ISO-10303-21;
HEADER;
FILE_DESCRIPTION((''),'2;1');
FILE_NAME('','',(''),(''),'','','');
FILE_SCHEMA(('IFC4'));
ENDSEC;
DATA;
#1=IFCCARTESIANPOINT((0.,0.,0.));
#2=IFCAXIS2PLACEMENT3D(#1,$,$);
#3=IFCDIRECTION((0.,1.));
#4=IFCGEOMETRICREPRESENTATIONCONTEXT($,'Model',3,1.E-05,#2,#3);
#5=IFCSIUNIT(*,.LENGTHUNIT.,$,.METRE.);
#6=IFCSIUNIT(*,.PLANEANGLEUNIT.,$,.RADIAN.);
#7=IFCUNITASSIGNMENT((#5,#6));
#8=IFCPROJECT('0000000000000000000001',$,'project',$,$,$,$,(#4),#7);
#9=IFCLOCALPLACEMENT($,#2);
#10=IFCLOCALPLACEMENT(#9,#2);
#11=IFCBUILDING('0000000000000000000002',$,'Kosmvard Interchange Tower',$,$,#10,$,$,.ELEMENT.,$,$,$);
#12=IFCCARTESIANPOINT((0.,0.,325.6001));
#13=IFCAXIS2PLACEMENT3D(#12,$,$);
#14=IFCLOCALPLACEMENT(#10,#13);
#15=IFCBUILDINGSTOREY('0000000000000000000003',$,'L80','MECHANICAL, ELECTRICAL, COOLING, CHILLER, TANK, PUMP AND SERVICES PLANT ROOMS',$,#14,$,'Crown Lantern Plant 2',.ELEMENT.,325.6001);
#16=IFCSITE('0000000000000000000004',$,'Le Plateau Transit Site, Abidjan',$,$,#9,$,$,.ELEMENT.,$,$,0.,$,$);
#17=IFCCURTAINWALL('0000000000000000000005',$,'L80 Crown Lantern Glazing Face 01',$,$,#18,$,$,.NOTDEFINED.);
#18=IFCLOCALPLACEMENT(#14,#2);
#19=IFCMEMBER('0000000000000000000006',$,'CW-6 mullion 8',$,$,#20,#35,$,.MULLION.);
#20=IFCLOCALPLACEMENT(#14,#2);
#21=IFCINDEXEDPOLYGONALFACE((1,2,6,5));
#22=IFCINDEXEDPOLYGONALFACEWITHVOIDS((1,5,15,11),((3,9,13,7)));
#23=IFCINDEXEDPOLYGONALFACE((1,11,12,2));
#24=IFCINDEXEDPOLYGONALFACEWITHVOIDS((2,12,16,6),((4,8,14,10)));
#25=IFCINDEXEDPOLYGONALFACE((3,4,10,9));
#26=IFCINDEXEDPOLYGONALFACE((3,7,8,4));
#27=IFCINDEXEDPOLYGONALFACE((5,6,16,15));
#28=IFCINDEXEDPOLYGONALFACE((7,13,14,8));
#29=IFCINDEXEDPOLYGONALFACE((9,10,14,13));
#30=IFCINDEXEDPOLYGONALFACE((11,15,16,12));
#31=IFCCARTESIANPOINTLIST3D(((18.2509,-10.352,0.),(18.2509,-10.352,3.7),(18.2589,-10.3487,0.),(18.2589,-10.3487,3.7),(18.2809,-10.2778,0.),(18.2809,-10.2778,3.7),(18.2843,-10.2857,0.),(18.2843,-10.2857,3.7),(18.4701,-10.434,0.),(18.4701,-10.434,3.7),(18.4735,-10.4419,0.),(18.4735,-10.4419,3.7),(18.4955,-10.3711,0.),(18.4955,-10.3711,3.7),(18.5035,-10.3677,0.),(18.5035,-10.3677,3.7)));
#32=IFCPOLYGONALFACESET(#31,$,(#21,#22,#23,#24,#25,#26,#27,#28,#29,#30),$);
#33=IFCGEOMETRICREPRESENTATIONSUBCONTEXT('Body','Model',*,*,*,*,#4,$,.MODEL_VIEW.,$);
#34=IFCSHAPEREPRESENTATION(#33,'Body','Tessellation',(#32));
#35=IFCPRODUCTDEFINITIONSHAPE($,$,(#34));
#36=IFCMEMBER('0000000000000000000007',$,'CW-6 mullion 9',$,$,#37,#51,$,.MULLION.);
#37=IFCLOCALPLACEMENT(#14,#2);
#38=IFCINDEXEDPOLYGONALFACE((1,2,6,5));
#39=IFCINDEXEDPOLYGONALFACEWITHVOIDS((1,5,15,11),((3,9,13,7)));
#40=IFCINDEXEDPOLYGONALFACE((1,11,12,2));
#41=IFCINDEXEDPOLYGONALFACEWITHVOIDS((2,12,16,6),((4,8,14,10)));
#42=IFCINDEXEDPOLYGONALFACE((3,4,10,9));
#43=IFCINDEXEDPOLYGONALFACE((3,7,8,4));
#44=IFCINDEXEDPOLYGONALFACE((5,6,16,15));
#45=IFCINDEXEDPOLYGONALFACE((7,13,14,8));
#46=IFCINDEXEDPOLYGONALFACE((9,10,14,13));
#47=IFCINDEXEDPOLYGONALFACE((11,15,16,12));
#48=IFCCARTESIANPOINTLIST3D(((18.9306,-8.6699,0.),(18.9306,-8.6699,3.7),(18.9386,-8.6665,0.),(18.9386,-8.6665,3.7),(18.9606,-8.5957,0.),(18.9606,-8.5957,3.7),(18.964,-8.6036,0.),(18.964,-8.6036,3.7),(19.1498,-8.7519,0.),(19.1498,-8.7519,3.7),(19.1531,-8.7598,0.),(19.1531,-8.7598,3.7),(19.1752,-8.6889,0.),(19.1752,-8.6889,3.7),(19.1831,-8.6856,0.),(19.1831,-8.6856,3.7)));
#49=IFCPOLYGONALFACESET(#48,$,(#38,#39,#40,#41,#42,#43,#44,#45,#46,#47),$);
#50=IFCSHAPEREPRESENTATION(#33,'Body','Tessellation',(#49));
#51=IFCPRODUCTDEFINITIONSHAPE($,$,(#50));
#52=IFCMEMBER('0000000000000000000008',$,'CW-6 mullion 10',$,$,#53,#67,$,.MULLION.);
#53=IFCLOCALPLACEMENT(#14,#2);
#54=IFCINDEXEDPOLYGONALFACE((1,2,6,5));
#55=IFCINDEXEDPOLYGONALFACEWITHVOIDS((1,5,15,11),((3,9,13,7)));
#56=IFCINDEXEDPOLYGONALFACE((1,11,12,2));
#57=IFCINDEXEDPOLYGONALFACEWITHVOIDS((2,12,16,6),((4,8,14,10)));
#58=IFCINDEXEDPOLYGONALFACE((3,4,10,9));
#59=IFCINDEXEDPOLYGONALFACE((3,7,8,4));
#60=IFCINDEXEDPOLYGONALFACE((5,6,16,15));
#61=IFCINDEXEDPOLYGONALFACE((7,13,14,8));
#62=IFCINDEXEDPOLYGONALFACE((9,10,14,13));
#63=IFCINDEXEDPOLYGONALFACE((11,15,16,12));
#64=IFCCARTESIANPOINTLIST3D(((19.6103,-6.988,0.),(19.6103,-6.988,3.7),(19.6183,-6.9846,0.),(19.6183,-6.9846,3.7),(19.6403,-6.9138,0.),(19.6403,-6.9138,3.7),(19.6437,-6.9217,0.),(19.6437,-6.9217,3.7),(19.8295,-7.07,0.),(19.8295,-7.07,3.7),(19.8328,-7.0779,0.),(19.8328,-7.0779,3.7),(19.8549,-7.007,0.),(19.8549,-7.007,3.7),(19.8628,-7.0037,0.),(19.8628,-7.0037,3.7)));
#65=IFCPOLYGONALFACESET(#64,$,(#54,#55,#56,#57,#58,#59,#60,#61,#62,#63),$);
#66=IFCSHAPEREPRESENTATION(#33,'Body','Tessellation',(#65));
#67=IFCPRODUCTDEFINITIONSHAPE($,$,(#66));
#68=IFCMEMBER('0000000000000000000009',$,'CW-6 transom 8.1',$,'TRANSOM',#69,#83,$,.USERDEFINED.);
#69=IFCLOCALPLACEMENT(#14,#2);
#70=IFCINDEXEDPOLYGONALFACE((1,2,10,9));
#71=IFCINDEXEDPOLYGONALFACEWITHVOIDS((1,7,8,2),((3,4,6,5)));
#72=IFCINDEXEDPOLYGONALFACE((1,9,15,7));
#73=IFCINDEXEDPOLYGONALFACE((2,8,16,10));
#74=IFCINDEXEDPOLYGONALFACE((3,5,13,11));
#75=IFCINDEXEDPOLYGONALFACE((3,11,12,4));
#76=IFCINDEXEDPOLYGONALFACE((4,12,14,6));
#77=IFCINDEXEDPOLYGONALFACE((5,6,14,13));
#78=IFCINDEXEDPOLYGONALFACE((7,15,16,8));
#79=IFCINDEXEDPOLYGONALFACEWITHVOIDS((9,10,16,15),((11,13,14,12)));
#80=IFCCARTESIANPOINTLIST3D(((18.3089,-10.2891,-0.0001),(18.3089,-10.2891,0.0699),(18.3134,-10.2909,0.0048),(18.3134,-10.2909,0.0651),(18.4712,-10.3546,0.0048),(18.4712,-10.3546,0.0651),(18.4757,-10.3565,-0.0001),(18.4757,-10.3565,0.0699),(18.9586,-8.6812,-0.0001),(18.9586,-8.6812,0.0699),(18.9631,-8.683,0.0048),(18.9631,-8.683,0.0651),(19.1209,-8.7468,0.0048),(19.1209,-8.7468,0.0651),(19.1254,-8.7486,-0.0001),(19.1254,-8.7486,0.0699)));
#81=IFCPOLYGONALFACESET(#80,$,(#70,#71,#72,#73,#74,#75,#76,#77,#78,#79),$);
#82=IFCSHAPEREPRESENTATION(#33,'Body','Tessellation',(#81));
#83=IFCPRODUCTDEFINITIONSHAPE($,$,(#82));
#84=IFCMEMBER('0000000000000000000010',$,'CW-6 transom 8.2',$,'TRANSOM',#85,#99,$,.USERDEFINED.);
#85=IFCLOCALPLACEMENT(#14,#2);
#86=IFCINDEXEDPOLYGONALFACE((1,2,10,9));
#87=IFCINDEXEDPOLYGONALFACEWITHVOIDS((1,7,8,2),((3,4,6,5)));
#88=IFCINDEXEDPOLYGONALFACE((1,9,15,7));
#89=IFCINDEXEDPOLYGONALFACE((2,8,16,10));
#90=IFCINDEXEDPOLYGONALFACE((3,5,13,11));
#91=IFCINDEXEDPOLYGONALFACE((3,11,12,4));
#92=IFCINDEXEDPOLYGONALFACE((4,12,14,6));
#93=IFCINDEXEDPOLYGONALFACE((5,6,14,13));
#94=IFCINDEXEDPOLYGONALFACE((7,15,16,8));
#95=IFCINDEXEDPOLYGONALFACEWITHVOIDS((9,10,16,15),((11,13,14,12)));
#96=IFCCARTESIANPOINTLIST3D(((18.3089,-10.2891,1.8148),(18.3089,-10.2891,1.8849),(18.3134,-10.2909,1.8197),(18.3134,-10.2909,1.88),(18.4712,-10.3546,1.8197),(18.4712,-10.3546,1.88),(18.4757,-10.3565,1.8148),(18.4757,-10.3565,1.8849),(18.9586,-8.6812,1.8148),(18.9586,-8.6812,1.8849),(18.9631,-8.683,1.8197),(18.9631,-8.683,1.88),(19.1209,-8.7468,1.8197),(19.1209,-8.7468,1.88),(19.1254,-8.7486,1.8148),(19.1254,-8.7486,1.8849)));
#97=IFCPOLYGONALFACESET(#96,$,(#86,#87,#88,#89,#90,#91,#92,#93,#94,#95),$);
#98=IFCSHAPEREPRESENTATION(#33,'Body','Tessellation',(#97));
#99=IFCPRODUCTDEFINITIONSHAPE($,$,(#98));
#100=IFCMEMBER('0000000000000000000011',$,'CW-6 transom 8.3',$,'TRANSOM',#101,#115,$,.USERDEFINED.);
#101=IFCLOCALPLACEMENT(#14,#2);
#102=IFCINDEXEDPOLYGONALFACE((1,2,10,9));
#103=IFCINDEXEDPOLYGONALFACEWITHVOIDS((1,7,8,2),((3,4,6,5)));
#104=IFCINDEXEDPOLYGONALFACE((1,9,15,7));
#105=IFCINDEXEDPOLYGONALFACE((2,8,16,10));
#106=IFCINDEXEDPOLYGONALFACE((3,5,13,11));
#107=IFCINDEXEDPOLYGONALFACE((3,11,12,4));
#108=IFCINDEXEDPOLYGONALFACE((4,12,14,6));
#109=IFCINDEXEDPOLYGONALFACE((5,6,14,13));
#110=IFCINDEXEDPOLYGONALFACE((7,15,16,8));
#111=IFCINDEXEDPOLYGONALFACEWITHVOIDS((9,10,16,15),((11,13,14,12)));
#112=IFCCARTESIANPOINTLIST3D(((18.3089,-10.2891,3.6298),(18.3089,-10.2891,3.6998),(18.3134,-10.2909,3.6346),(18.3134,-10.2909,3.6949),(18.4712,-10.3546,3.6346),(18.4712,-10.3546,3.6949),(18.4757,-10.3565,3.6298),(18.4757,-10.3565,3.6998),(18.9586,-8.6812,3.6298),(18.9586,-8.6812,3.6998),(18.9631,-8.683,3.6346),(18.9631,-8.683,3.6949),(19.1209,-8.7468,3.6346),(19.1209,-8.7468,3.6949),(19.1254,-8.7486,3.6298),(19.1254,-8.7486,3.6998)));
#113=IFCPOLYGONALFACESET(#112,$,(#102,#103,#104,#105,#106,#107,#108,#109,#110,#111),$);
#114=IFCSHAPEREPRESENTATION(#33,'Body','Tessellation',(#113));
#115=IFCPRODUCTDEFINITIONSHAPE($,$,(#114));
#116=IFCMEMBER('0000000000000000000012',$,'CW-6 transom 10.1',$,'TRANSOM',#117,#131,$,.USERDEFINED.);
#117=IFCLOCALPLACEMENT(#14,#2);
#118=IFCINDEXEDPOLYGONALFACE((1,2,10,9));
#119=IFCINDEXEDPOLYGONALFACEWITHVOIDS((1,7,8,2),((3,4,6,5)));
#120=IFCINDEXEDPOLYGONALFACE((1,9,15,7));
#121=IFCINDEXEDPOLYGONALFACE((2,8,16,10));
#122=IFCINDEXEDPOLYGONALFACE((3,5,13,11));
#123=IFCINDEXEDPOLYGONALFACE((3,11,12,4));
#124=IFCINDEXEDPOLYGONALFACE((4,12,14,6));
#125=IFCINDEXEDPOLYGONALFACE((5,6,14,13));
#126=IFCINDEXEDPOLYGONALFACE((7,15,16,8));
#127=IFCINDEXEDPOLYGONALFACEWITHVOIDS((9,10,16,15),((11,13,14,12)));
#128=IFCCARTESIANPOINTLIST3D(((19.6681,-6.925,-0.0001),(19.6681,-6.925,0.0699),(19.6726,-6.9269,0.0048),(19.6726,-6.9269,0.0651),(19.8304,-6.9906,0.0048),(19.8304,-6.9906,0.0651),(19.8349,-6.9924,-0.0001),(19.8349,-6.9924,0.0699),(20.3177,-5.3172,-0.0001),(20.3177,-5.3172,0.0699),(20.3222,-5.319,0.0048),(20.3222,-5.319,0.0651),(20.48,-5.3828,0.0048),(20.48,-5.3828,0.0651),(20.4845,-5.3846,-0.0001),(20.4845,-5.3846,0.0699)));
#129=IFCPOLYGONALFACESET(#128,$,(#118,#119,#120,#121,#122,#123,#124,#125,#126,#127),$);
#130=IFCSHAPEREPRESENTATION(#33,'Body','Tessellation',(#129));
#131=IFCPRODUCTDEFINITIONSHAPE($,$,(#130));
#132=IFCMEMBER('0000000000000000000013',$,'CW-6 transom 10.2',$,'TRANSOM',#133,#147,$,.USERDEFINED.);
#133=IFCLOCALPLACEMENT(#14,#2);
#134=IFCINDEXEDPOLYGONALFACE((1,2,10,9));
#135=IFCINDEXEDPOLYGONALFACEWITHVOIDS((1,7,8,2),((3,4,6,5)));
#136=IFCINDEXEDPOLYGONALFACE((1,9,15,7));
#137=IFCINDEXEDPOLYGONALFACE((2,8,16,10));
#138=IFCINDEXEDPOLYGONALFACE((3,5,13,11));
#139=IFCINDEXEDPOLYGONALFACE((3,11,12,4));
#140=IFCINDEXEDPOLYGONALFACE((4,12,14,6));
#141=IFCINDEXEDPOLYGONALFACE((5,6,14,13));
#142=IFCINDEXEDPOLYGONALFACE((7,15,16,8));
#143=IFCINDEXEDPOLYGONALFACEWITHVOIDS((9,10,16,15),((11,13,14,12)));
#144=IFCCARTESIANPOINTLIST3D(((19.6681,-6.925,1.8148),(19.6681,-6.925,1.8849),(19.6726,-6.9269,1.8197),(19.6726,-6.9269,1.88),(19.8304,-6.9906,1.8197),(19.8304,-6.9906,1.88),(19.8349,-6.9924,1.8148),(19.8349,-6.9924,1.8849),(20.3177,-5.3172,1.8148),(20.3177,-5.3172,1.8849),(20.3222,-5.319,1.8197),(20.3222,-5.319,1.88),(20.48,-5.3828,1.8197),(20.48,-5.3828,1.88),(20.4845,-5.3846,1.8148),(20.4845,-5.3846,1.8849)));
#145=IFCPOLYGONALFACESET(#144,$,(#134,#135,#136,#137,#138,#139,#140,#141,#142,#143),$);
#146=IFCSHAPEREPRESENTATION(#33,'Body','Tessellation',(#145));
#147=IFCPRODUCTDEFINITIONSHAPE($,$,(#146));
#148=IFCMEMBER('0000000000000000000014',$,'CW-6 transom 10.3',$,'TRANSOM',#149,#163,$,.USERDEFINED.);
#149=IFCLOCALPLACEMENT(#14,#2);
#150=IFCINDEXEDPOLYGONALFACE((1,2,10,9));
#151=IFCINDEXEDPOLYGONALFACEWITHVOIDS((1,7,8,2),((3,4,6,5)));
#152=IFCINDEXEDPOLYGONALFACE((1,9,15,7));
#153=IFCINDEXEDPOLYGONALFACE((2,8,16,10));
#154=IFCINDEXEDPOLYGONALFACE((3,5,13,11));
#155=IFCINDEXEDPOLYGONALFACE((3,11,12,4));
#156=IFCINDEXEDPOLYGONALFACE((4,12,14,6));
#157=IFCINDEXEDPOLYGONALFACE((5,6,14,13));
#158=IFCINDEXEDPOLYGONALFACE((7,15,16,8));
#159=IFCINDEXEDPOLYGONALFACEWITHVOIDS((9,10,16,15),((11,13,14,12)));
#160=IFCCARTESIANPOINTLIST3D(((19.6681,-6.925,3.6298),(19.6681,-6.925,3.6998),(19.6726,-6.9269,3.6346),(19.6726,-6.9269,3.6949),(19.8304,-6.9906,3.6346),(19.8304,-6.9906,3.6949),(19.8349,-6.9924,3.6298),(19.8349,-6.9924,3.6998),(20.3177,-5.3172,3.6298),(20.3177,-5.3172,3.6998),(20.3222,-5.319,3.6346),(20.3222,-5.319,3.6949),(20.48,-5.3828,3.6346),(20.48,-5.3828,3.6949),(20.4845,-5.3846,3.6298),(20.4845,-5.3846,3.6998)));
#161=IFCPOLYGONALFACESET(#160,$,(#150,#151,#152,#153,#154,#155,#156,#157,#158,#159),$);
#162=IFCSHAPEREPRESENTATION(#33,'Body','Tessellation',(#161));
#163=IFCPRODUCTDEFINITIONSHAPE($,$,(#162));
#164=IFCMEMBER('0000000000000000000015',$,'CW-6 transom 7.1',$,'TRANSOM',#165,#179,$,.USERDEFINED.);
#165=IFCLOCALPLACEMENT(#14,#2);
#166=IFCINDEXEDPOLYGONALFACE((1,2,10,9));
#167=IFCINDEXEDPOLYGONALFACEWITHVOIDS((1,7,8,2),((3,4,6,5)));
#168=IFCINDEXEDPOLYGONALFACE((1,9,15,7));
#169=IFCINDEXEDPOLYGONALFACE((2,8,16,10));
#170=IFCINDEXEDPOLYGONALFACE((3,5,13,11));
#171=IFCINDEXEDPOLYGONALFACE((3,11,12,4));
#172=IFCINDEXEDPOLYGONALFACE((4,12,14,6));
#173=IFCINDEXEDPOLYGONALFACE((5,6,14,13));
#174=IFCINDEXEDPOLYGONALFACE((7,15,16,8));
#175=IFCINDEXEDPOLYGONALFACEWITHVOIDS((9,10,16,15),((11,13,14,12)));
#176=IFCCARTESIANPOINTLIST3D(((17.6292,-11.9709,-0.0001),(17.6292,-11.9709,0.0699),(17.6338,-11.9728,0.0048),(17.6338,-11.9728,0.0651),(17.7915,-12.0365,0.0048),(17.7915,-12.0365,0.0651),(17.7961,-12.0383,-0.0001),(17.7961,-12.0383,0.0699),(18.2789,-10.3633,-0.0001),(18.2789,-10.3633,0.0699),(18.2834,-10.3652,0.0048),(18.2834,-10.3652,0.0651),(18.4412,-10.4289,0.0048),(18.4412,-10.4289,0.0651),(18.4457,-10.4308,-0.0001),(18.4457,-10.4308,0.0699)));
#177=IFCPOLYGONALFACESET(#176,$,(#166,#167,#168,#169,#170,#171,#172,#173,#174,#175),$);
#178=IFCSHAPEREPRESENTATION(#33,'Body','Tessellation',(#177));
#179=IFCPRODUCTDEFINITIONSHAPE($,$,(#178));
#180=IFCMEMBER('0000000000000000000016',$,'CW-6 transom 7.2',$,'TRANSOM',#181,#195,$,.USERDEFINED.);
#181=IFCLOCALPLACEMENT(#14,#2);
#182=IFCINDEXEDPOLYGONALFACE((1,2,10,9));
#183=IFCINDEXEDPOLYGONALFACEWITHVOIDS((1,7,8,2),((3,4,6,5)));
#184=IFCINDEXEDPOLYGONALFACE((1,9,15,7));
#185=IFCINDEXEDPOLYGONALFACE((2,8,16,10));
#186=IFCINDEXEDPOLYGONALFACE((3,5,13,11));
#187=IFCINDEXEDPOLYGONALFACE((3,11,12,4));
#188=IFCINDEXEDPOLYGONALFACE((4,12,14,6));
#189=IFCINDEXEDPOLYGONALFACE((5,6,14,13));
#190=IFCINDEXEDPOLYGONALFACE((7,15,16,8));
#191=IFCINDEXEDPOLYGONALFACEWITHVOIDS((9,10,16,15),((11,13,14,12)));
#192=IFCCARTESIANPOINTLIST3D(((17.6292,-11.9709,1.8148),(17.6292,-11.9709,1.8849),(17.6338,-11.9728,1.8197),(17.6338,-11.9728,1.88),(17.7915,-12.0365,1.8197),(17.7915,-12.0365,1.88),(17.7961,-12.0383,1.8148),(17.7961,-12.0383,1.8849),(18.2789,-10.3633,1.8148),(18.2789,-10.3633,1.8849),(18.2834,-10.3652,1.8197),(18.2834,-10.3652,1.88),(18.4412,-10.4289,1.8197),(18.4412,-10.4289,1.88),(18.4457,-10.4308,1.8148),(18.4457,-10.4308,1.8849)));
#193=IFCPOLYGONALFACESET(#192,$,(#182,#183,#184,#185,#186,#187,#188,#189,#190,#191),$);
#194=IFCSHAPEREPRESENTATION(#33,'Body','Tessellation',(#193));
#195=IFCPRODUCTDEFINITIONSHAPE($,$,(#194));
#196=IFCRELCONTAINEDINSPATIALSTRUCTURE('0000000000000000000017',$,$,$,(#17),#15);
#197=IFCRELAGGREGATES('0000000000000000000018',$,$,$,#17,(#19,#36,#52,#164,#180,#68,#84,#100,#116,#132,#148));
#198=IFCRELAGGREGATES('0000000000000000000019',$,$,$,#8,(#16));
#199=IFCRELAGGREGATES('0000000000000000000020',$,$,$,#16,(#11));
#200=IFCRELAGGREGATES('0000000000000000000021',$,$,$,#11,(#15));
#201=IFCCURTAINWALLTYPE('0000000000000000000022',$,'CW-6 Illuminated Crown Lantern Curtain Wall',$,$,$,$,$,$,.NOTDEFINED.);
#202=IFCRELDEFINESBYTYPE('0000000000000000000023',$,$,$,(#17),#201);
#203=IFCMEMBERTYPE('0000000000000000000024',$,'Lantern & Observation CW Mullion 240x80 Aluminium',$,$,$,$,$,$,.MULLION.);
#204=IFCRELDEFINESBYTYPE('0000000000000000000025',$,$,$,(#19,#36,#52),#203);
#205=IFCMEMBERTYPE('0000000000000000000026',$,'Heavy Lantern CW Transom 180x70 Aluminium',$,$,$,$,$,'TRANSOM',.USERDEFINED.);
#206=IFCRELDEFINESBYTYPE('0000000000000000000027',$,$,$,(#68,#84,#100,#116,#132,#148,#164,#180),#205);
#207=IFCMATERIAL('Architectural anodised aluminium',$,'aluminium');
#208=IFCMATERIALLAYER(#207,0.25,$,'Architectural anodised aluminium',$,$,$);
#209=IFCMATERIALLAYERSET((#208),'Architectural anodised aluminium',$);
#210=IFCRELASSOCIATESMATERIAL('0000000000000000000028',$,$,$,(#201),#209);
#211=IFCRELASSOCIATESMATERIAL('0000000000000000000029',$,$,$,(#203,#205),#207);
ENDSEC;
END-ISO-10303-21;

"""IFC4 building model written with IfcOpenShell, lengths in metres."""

from ifc_helpers import new_model, si_unit, direction, frame, origin, origin_2d, place, context, subcontext, project, spatial, hollow_rectangle, extrude, source, transform, mapped, material, layer, layer_set, material_profile, profile_set, type_object, element, aggregate, save


model = new_model("IFC4")

# Units and contexts
model_context = context("Model", 3, precision=1e-05, world=origin(), true_north=direction((0.0, 1.0)))
body_context = subcontext(model_context, "Body", "Model", "MODEL_VIEW")
ifc_project = project(units=[si_unit("LENGTHUNIT", "METRE"), si_unit("PLANEANGLEUNIT", "RADIAN")], contexts=[model_context])

# Site, building, storey
site_placement = place(None, origin())
site = spatial("IfcSite", under=ifc_project, at=site_placement, Name="Le Plateau Transit Site, Abidjan", CompositionType="ELEMENT", RefElevation=0.0)
building_placement = place(site_placement, origin())
building = spatial("IfcBuilding", under=site, at=building_placement, Name="Kosmvard Interchange Tower", CompositionType="ELEMENT")
storey_placement = place(building_placement, frame((0.0, 0.0, 325.6001)))
storey = spatial("IfcBuildingStorey", under=building, at=storey_placement, Name="L80", Description="MECHANICAL, ELECTRICAL, COOLING, CHILLER, TANK, PUMP AND SERVICES PLANT ROOMS", LongName="Crown Lantern Plant 2", CompositionType="ELEMENT", Elevation=325.6001)

# Curtain wall, members
ifc_material_1 = material(Name="Architectural anodised aluminium", Category="aluminium")
ifc_layer_1 = layer(ifc_material_1, 0.25, Name="Architectural anodised aluminium")
ifc_layer_set_1 = layer_set([ifc_layer_1], Name="Architectural anodised aluminium")
curtain_wall_type = type_object("IfcCurtainWallType", Name="CW-6 Illuminated Crown Lantern Curtain Wall", PredefinedType="NOTDEFINED", material=ifc_layer_set_1)
curtain_wall_placement = place(storey_placement, origin())
curtain_wall = element("IfcCurtainWall", 1, at=curtain_wall_placement, inside=storey, type_object=curtain_wall_type, Name="L80 Crown Lantern Glazing Face 01", PredefinedType="NOTDEFINED")
ifc_material_profile_1 = material_profile(ifc_material_1, hollow_rectangle(XDim=0.24, YDim=0.0801, WallThickness=0.0061, at=origin_2d()), Name="CWM 240x80x6")
ifc_profile_set_1 = profile_set([ifc_material_profile_1], Name="Architectural anodised aluminium")
member_type_1 = type_object("IfcMemberType", Name="Lantern & Observation CW Mullion 240x80 Aluminium", PredefinedType="MULLION", material=ifc_profile_set_1)
shared_shape_1 = source(origin(), body_context, "Body", "SweptSolid", [
    extrude(hollow_rectangle(XDim=0.24, YDim=0.0801, WallThickness=0.0061, at=origin_2d()), origin(), (0.0, 0.0, 1.0), 3.7),
])
member_1_placement = place(storey_placement, frame((18.3772, -10.3599, 0.0), z_axis=(0.0, 0.0, 1.0), x_axis=(-0.927184, 0.374607, 0.0)))
member_1 = element("IfcMember", 2, at=member_1_placement, type_object=member_type_1, Name="CW-6 mullion 8", PredefinedType="MULLION", context=body_context, shape_type="MappedRepresentation", body=[
    mapped(shared_shape_1, transform((0.0, 0.0, 0.0), scale=1.0)),
])
member_2_placement = place(storey_placement, frame((19.0569, -8.6777, 0.0), z_axis=(0.0, 0.0, 1.0), x_axis=(-0.927184, 0.374607, 0.0)))
member_2 = element("IfcMember", 3, at=member_2_placement, type_object=member_type_1, Name="CW-6 mullion 9", PredefinedType="MULLION", context=body_context, shape_type="MappedRepresentation", body=[
    mapped(shared_shape_1, transform((0.0, 0.0, 0.0), scale=1.0)),
])
member_3_placement = place(storey_placement, frame((19.7366, -6.9958, 0.0), z_axis=(0.0, 0.0, 1.0), x_axis=(-0.927184, 0.374607, 0.0)))
member_3 = element("IfcMember", 4, at=member_3_placement, type_object=member_type_1, Name="CW-6 mullion 10", PredefinedType="MULLION", context=body_context, shape_type="MappedRepresentation", body=[
    mapped(shared_shape_1, transform((0.0, 0.0, 0.0), scale=1.0)),
])
ifc_material_profile_2 = material_profile(ifc_material_1, hollow_rectangle(XDim=0.1799, YDim=0.0701, WallThickness=0.0049, at=origin_2d()), Name="CWT 180x70x5")
ifc_profile_set_2 = profile_set([ifc_material_profile_2], Name="Architectural anodised aluminium")
member_type_2 = type_object("IfcMemberType", Name="Heavy Lantern CW Transom 180x70 Aluminium", ElementType="TRANSOM", PredefinedType="USERDEFINED", material=ifc_profile_set_2)
shared_shape_2 = source(origin(), body_context, "Body", "SweptSolid", [
    extrude(hollow_rectangle(XDim=0.1799, YDim=0.0701, WallThickness=0.0049, at=origin_2d()), origin(), (0.0, 0.0, 1.0), 1.7341),
])
member_4_placement = place(storey_placement, frame((18.3923, -10.3228, 0.0349), z_axis=(0.374617, 0.92718, 0.0), x_axis=(-0.92718, 0.374617, 0.0)))
member_4 = element("IfcMember", 5, at=member_4_placement, type_object=member_type_2, Name="CW-6 transom 8.1", ObjectType="TRANSOM", PredefinedType="USERDEFINED", context=body_context, shape_type="MappedRepresentation", body=[
    mapped(shared_shape_2, transform((0.0, 0.0, 0.0), scale=1.0)),
])
member_5_placement = place(storey_placement, frame((18.3923, -10.3228, 1.8499), z_axis=(0.374617, 0.92718, 0.0), x_axis=(-0.92718, 0.374617, 0.0)))
member_5 = element("IfcMember", 6, at=member_5_placement, type_object=member_type_2, Name="CW-6 transom 8.2", ObjectType="TRANSOM", PredefinedType="USERDEFINED", context=body_context, shape_type="MappedRepresentation", body=[
    mapped(shared_shape_2, transform((0.0, 0.0, 0.0), scale=1.0)),
])
member_6_placement = place(storey_placement, frame((18.3923, -10.3228, 3.6648), z_axis=(0.374617, 0.92718, 0.0), x_axis=(-0.92718, 0.374617, 0.0)))
member_6 = element("IfcMember", 7, at=member_6_placement, type_object=member_type_2, Name="CW-6 transom 8.3", ObjectType="TRANSOM", PredefinedType="USERDEFINED", context=body_context, shape_type="MappedRepresentation", body=[
    mapped(shared_shape_2, transform((0.0, 0.0, 0.0), scale=1.0)),
])
member_7_placement = place(storey_placement, frame((19.7515, -6.9587, 0.0349), z_axis=(0.374617, 0.92718, 0.0), x_axis=(-0.92718, 0.374617, 0.0)))
member_7 = element("IfcMember", 8, at=member_7_placement, type_object=member_type_2, Name="CW-6 transom 10.1", ObjectType="TRANSOM", PredefinedType="USERDEFINED", context=body_context, shape_type="MappedRepresentation", body=[
    mapped(shared_shape_2, transform((0.0, 0.0, 0.0), scale=1.0)),
])
member_8_placement = place(storey_placement, frame((19.7515, -6.9587, 1.8499), z_axis=(0.374617, 0.92718, 0.0), x_axis=(-0.92718, 0.374617, 0.0)))
member_8 = element("IfcMember", 9, at=member_8_placement, type_object=member_type_2, Name="CW-6 transom 10.2", ObjectType="TRANSOM", PredefinedType="USERDEFINED", context=body_context, shape_type="MappedRepresentation", body=[
    mapped(shared_shape_2, transform((0.0, 0.0, 0.0), scale=1.0)),
])
member_9_placement = place(storey_placement, frame((19.7515, -6.9587, 3.6648), z_axis=(0.374617, 0.92718, 0.0), x_axis=(-0.92718, 0.374617, 0.0)))
member_9 = element("IfcMember", 10, at=member_9_placement, type_object=member_type_2, Name="CW-6 transom 10.3", ObjectType="TRANSOM", PredefinedType="USERDEFINED", context=body_context, shape_type="MappedRepresentation", body=[
    mapped(shared_shape_2, transform((0.0, 0.0, 0.0), scale=1.0)),
])
shared_shape_3 = source(origin(), body_context, "Body", "SweptSolid", [
    extrude(hollow_rectangle(XDim=0.1799, YDim=0.0701, WallThickness=0.0049, at=origin_2d()), origin(), (0.0, 0.0, 1.0), 1.7339),
])
member_10_placement = place(storey_placement, frame((17.7126, -12.0046, 0.0349), z_axis=(0.374666, 0.92716, 0.0), x_axis=(-0.92716, 0.374666, 0.0)))
member_10 = element("IfcMember", 11, at=member_10_placement, type_object=member_type_2, Name="CW-6 transom 7.1", ObjectType="TRANSOM", PredefinedType="USERDEFINED", context=body_context, shape_type="MappedRepresentation", body=[
    mapped(shared_shape_3, transform((0.0, 0.0, 0.0), scale=1.0)),
])
member_11_placement = place(storey_placement, frame((17.7126, -12.0046, 1.8499), z_axis=(0.374666, 0.92716, 0.0), x_axis=(-0.92716, 0.374666, 0.0)))
member_11 = element("IfcMember", 12, at=member_11_placement, type_object=member_type_2, Name="CW-6 transom 7.2", ObjectType="TRANSOM", PredefinedType="USERDEFINED", context=body_context, shape_type="MappedRepresentation", body=[
    mapped(shared_shape_3, transform((0.0, 0.0, 0.0), scale=1.0)),
])
aggregate(curtain_wall, [member_1, member_2, member_3, member_10, member_11, member_4, member_5, member_6, member_7, member_8, member_9])

save(model, "model.ifc")
